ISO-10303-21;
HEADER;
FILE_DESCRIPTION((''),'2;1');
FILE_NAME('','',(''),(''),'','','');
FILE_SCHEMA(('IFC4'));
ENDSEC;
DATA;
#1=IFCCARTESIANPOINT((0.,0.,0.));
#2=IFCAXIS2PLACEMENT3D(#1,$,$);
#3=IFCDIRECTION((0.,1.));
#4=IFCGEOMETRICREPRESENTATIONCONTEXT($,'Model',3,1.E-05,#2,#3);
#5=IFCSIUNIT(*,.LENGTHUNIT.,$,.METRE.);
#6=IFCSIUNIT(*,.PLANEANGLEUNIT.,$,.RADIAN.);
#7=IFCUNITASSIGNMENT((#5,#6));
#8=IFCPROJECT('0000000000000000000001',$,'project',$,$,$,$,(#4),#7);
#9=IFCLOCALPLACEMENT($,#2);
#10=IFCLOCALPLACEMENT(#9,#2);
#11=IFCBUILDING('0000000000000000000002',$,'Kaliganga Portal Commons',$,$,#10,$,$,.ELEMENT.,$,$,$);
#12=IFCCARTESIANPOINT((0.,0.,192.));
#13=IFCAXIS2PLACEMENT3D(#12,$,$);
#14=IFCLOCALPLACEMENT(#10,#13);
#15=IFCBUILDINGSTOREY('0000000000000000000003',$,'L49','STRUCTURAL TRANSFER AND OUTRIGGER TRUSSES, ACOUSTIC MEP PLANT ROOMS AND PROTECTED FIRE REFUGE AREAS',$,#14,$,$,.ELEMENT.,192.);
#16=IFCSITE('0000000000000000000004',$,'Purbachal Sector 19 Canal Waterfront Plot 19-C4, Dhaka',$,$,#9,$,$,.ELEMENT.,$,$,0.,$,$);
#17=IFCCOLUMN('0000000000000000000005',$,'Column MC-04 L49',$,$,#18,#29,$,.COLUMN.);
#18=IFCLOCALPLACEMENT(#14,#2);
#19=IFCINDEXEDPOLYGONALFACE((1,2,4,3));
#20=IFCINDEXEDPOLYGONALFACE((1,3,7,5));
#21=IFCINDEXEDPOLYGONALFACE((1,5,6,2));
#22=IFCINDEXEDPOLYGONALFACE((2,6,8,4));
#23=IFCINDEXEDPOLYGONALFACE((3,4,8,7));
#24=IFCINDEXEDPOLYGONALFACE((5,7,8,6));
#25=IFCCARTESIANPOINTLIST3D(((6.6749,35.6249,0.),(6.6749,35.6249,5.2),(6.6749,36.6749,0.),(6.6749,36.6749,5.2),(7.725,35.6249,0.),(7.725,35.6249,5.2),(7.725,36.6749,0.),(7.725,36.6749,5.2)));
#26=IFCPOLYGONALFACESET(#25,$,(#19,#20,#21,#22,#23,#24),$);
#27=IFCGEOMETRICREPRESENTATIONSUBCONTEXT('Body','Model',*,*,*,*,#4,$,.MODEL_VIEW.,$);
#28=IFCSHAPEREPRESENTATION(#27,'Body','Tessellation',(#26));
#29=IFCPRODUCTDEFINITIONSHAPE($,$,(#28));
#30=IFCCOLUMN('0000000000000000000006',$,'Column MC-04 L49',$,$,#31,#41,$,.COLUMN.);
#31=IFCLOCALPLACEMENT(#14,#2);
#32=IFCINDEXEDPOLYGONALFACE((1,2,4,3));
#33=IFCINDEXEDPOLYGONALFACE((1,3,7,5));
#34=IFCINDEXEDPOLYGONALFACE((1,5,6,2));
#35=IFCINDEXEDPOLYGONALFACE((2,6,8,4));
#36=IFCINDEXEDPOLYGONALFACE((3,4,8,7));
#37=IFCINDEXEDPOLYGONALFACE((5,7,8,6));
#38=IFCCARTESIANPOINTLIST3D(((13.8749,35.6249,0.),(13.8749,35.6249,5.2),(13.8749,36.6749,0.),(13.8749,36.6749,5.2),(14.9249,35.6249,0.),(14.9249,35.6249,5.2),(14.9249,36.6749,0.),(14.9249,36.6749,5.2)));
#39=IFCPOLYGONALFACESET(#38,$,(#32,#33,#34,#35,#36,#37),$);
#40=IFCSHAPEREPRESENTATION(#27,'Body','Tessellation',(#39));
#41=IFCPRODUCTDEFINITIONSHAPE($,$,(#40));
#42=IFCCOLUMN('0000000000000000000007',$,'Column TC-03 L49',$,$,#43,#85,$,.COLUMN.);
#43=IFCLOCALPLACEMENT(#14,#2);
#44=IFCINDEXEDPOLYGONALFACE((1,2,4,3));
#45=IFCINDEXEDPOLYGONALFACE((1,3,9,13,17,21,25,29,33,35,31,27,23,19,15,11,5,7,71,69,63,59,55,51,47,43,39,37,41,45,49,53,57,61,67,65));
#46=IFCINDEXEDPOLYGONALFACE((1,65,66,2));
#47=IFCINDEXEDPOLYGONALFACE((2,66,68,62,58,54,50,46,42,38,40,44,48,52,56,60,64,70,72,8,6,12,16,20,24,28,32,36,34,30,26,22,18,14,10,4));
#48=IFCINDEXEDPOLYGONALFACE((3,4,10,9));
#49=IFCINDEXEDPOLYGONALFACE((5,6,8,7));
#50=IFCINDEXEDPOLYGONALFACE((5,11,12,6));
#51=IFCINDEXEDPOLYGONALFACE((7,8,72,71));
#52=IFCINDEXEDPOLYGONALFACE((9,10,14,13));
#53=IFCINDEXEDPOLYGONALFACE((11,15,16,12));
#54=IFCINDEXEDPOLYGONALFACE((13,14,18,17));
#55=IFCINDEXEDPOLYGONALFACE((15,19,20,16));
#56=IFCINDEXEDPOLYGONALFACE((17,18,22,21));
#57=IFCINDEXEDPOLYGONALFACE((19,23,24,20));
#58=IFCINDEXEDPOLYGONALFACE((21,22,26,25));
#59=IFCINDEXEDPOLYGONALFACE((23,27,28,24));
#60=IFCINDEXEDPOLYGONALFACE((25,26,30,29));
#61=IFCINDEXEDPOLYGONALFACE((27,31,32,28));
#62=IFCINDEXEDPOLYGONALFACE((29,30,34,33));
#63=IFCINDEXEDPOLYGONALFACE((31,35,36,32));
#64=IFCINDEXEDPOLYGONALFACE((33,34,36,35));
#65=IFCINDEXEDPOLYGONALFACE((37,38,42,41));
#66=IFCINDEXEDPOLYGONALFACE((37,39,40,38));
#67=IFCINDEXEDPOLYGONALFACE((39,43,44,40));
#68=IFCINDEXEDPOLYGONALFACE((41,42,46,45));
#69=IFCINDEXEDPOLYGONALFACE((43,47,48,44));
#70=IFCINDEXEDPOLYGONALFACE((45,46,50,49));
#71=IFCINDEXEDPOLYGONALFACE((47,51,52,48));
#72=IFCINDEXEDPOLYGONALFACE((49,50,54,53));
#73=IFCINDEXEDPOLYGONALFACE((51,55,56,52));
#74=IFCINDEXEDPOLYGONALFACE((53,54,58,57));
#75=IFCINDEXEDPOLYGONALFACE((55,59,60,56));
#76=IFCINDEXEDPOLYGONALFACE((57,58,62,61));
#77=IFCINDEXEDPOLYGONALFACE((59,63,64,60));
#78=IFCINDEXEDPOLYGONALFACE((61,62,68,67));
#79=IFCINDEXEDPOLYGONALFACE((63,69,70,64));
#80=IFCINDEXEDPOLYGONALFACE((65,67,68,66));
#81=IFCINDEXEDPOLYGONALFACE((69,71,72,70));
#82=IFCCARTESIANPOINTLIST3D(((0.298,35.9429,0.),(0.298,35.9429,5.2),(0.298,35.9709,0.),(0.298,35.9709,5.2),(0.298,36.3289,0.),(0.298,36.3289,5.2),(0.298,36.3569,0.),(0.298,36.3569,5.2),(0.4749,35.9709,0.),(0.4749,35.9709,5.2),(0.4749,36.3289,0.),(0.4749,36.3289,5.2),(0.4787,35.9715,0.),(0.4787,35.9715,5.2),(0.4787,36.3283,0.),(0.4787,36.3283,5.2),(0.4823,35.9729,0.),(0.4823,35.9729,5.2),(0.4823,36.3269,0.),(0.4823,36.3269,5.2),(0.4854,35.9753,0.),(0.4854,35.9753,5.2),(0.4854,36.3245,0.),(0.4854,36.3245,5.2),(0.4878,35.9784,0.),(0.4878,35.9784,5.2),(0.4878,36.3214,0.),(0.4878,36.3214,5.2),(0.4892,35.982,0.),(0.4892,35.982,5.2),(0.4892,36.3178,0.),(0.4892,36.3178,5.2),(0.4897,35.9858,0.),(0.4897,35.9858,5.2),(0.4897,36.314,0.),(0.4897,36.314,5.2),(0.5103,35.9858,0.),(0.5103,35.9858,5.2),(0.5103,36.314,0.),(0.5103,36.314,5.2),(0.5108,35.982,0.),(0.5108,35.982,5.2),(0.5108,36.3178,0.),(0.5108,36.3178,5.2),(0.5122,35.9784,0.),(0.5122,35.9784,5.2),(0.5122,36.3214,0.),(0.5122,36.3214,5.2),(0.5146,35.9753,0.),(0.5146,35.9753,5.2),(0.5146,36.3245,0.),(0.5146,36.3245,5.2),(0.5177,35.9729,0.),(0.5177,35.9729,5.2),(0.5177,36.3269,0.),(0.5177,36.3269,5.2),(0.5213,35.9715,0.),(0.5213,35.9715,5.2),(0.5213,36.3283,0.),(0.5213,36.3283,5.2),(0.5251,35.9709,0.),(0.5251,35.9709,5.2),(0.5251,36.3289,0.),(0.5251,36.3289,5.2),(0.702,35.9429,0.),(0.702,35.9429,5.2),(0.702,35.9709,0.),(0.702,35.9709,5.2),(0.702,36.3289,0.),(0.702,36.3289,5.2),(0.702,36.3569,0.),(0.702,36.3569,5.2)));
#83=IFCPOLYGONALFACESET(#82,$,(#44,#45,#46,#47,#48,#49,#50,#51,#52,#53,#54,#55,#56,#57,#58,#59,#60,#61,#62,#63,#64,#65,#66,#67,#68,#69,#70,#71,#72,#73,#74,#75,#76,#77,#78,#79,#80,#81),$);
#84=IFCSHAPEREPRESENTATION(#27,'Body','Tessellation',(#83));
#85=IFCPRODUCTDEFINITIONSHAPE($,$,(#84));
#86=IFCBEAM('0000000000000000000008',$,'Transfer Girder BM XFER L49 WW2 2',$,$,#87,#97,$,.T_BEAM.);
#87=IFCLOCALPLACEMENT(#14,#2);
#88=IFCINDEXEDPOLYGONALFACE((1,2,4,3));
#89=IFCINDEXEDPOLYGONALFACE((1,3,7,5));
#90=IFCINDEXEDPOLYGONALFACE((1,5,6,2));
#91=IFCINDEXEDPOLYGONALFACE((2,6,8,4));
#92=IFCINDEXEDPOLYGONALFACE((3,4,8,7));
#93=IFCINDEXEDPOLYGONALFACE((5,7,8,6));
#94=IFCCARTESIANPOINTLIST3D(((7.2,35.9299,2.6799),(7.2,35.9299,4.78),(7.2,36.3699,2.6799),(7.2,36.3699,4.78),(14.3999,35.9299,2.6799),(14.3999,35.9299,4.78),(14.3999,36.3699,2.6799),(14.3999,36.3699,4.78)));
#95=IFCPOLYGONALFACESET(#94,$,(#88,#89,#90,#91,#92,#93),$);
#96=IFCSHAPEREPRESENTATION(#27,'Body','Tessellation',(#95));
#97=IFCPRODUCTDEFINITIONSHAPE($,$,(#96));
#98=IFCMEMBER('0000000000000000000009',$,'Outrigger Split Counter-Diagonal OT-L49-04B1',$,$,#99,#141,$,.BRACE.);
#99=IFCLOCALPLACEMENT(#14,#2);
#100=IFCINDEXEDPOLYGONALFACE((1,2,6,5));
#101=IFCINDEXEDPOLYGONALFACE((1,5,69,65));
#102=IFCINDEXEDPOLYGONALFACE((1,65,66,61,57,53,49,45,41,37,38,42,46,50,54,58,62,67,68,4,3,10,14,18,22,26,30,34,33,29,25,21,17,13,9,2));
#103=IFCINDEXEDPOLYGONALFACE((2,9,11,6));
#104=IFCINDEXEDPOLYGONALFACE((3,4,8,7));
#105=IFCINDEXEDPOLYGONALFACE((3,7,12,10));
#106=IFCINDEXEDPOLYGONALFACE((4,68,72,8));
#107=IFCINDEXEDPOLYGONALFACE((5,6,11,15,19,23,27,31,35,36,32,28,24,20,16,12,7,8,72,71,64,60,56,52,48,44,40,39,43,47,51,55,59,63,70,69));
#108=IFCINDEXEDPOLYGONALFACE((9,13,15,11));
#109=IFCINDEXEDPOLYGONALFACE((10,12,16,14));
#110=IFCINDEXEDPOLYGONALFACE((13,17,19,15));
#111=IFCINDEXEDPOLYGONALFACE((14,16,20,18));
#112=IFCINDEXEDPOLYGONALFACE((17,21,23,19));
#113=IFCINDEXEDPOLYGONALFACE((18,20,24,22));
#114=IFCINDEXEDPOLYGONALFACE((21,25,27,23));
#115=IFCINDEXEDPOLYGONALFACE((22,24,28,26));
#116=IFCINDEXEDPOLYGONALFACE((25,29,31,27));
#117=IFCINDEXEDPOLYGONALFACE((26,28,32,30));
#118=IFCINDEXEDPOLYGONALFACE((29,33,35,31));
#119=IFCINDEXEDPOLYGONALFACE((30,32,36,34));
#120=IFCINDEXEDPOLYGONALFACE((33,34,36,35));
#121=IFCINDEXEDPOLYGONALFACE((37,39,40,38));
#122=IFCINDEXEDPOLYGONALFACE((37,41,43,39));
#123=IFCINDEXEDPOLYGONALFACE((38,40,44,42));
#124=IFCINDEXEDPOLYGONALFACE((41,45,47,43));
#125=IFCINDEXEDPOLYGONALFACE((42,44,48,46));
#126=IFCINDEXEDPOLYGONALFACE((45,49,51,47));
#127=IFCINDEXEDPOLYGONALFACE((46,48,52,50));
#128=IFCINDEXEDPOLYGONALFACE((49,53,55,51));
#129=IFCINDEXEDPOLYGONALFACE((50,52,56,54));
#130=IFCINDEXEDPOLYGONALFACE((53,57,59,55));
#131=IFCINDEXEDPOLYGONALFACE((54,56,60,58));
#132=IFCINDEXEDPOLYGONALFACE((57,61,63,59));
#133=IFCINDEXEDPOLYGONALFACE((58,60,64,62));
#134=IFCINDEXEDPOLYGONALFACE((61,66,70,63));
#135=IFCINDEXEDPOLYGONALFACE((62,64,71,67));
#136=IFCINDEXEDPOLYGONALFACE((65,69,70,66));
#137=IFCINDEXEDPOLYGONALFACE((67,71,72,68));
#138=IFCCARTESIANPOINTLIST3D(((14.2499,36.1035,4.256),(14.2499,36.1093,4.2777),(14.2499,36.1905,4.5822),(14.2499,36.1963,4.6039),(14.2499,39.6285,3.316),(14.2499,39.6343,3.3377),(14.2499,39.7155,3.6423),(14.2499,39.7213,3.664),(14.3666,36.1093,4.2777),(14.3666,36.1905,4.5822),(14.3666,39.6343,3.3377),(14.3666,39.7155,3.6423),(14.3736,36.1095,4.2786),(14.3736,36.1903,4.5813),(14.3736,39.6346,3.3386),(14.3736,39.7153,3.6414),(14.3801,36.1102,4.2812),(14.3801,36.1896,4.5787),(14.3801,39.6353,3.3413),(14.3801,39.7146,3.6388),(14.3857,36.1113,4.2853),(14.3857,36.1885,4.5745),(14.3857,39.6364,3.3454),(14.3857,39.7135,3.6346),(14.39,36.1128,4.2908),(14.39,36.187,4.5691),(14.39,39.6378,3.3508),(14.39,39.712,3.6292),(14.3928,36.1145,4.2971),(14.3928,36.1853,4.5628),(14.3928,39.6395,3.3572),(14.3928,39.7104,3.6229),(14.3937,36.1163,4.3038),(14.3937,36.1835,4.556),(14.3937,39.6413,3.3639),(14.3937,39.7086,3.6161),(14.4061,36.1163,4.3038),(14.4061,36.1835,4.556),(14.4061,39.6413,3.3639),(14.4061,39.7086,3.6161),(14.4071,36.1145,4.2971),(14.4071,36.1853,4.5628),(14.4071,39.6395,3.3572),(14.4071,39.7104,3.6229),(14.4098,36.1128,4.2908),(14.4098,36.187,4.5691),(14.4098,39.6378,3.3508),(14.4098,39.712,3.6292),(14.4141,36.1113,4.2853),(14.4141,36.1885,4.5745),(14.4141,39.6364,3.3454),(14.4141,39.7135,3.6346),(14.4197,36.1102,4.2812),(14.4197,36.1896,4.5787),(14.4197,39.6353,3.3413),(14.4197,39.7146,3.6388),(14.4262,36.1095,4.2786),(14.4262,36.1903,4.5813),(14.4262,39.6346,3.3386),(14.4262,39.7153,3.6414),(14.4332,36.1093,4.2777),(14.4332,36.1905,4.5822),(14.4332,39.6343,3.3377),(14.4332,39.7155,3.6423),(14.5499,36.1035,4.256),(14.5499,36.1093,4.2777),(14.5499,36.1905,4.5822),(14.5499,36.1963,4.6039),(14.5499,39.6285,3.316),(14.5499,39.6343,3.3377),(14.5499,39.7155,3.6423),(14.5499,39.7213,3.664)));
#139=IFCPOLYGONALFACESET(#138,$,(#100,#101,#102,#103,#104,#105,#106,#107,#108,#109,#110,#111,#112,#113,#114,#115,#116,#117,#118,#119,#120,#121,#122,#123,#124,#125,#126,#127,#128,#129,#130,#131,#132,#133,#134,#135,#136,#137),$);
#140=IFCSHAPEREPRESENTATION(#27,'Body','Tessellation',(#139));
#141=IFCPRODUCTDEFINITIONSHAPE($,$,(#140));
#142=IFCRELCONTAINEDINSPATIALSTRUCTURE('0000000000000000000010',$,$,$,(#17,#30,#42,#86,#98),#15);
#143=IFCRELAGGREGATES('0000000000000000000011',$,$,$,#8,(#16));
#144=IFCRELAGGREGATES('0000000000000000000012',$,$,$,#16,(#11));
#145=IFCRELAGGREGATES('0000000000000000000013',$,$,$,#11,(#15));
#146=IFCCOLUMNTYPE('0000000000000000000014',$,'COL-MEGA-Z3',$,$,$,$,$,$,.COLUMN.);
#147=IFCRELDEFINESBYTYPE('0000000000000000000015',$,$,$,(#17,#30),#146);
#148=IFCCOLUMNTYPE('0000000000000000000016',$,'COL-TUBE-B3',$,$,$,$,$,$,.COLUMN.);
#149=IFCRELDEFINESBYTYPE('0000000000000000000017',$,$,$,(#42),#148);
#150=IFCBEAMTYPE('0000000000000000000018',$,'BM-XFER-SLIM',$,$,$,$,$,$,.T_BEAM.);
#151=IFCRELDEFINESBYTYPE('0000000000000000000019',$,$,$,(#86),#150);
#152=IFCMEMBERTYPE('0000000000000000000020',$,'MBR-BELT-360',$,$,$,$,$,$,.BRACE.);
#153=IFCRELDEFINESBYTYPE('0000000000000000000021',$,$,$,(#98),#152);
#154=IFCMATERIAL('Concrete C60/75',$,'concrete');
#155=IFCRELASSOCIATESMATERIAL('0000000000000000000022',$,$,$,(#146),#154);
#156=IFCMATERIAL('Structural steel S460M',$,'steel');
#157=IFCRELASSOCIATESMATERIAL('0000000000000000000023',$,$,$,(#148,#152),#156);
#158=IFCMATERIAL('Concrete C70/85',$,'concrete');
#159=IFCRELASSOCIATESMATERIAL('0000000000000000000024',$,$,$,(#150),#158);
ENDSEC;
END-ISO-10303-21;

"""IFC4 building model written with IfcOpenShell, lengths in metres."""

from ifc_helpers import new_model, si_unit, direction, frame, origin, origin_2d, place, context, subcontext, project, spatial, rectangle, i_section, extrude, source, transform, mapped, material, material_profile, profile_set, type_object, element, save


model = new_model("IFC4")

# Units and contexts
model_context = context("Model", 3, precision=1e-05, world=origin(), true_north=direction((0.0, 1.0)))
body_context = subcontext(model_context, "Body", "Model", "MODEL_VIEW")
ifc_project = project(units=[si_unit("LENGTHUNIT", "METRE"), si_unit("PLANEANGLEUNIT", "RADIAN")], contexts=[model_context])

# Site, building, storey
site_placement = place(None, origin())
site = spatial("IfcSite", under=ifc_project, at=site_placement, Name="Purbachal Sector 19 Canal Waterfront Plot 19-C4, Dhaka", CompositionType="ELEMENT", RefElevation=0.0)
building_placement = place(site_placement, origin())
building = spatial("IfcBuilding", under=site, at=building_placement, Name="Kaliganga Portal Commons", CompositionType="ELEMENT")
storey_placement = place(building_placement, frame((0.0, 0.0, 192.0)))
storey = spatial("IfcBuildingStorey", under=building, at=storey_placement, Name="L49", Description="STRUCTURAL TRANSFER AND OUTRIGGER TRUSSES, ACOUSTIC MEP PLANT ROOMS AND PROTECTED FIRE REFUGE AREAS", CompositionType="ELEMENT", Elevation=192.0)

# Columns
ifc_material_1 = material(Name="Concrete C60/75", Category="concrete")
ifc_material_profile_1 = material_profile(ifc_material_1, rectangle(XDim=1.05, YDim=1.05, at=origin_2d()), Name="RC 1050x1050")
ifc_profile_set_1 = profile_set([ifc_material_profile_1], Name="Concrete C60/75")
column_type_1 = type_object("IfcColumnType", Name="COL-MEGA-Z3", PredefinedType="COLUMN", material=ifc_profile_set_1)
shared_shape_1 = source(origin(), body_context, "Body", "SweptSolid", [
    extrude(rectangle(XDim=1.05, YDim=1.05, at=origin_2d()), origin(), (0.0, 0.0, 1.0), 5.2),
])
for number, where, z_axis, x_axis, name in (
    (1, (7.2, 36.1499, 0.0), (0.0, 0.0, 1.0), (1.0, 0.0, 0.0), "Column MC-04 L49"),
    (2, (14.3999, 36.1499, 0.0), (0.0, 0.0, 1.0), (1.0, 0.0, 0.0), "Column MC-04 L49"),
):
    element("IfcColumn", number, at=place(storey_placement, frame(where, z_axis=z_axis, x_axis=x_axis)), inside=storey, type_object=column_type_1, Name=name, PredefinedType="COLUMN", context=body_context, shape_type="MappedRepresentation", body=[
        mapped(shared_shape_1, transform((0.0, 0.0, 0.0), x_axis=(1.0, 0.0, 0.0), y_axis=(0.0, 1.0, 0.0), z_axis=(0.0, 0.0, 1.0), scale=1.0)),
    ])
ifc_material_2 = material(Name="Structural steel S460M", Category="steel")
ifc_material_profile_2 = material_profile(ifc_material_2, i_section(OverallWidth=0.4041, OverallDepth=0.4141, WebThickness=0.0205, FlangeThickness=0.0281, FilletRadius=0.0149, at=origin_2d()), Name="HD 400x347")
ifc_profile_set_2 = profile_set([ifc_material_profile_2], Name="Structural steel S460M wide-flange")
column_type_2 = type_object("IfcColumnType", Name="COL-TUBE-B3", PredefinedType="COLUMN", material=ifc_profile_set_2)
shared_shape_2 = source(origin(), body_context, "Body", "SweptSolid", [
    extrude(i_section(OverallWidth=0.4041, OverallDepth=0.4141, WebThickness=0.0205, FlangeThickness=0.0281, FilletRadius=0.0149, at=origin_2d()), origin(), (0.0, 0.0, 1.0), 5.2),
])
column_placement = place(storey_placement, frame((0.5, 36.1499, 0.0), z_axis=(0.0, 0.0, 1.0), x_axis=(1.0, 0.0, 0.0)))
element("IfcColumn", 3, at=column_placement, inside=storey, type_object=column_type_2, Name="Column TC-03 L49", PredefinedType="COLUMN", context=body_context, shape_type="MappedRepresentation", body=[
    mapped(shared_shape_2, transform((0.0, 0.0, 0.0), x_axis=(1.0, 0.0, 0.0), y_axis=(0.0, 1.0, 0.0), z_axis=(0.0, 0.0, 1.0), scale=1.0)),
])

# Beam
ifc_material_3 = material(Name="Concrete C70/85", Category="concrete")
ifc_material_profile_3 = material_profile(ifc_material_3, rectangle(XDim=0.4399, YDim=2.1001, at=origin_2d()), Name="RC 440x2100")
ifc_profile_set_3 = profile_set([ifc_material_profile_3], Name="Concrete C70/85")
beam_type = type_object("IfcBeamType", Name="BM-XFER-SLIM", PredefinedType="T_BEAM", material=ifc_profile_set_3)
shared_shape_3 = source(origin(), body_context, "Body", "SweptSolid", [
    extrude(rectangle(XDim=0.4399, YDim=2.1001, at=origin_2d()), origin(), (0.0, 0.0, 1.0), 7.2),
])
beam_1_placement = place(storey_placement, frame((7.2, 36.1499, 3.73), z_axis=(1.0, 0.0, 0.0), x_axis=(0.0, 1.0, 0.0)))
element("IfcBeam", 4, at=beam_1_placement, inside=storey, type_object=beam_type, Name="Transfer Girder BM XFER L49 WW2 2", PredefinedType="T_BEAM", context=body_context, shape_type="MappedRepresentation", body=[
    mapped(shared_shape_3, transform((0.0, 0.0, 0.0), x_axis=(1.0, 0.0, 0.0), y_axis=(0.0, 1.0, 0.0), z_axis=(0.0, 0.0, 1.0), scale=1.0)),
])

# Member
ifc_material_profile_4 = material_profile(ifc_material_2, i_section(OverallWidth=0.3, OverallDepth=0.3601, WebThickness=0.0125, FlangeThickness=0.0225, FilletRadius=0.0271, at=origin_2d()), Name="HE 360 B")
ifc_profile_set_4 = profile_set([ifc_material_profile_4], Name="Structural steel S460M wide-flange")
member_type_1 = type_object("IfcMemberType", Name="MBR-BELT-360", PredefinedType="BRACE", material=ifc_profile_set_4)
shared_shape_4 = source(origin(), body_context, "Body", "SweptSolid", [
    extrude(i_section(OverallWidth=0.3, OverallDepth=0.3601, WebThickness=0.0125, FlangeThickness=0.0225, FilletRadius=0.0271, at=origin_2d()), origin(), (0.0, 0.0, 1.0), 3.6482),
])
member_1_placement = place(storey_placement, frame((14.3999, 36.1499, 4.4299), z_axis=(0.0, 0.966242, -0.257638), x_axis=(-1.0, 0.0, 0.0)))
element("IfcMember", 5, at=member_1_placement, inside=storey, type_object=member_type_1, Name="Outrigger Split Counter-Diagonal OT-L49-04B1", PredefinedType="BRACE", context=body_context, shape_type="MappedRepresentation", body=[
    mapped(shared_shape_4, transform((0.0, 0.0, 0.0), x_axis=(1.0, 0.0, 0.0), y_axis=(0.0, 1.0, 0.0), z_axis=(0.0, 0.0, 1.0), scale=1.0)),
])

save(model, "model.ifc")
